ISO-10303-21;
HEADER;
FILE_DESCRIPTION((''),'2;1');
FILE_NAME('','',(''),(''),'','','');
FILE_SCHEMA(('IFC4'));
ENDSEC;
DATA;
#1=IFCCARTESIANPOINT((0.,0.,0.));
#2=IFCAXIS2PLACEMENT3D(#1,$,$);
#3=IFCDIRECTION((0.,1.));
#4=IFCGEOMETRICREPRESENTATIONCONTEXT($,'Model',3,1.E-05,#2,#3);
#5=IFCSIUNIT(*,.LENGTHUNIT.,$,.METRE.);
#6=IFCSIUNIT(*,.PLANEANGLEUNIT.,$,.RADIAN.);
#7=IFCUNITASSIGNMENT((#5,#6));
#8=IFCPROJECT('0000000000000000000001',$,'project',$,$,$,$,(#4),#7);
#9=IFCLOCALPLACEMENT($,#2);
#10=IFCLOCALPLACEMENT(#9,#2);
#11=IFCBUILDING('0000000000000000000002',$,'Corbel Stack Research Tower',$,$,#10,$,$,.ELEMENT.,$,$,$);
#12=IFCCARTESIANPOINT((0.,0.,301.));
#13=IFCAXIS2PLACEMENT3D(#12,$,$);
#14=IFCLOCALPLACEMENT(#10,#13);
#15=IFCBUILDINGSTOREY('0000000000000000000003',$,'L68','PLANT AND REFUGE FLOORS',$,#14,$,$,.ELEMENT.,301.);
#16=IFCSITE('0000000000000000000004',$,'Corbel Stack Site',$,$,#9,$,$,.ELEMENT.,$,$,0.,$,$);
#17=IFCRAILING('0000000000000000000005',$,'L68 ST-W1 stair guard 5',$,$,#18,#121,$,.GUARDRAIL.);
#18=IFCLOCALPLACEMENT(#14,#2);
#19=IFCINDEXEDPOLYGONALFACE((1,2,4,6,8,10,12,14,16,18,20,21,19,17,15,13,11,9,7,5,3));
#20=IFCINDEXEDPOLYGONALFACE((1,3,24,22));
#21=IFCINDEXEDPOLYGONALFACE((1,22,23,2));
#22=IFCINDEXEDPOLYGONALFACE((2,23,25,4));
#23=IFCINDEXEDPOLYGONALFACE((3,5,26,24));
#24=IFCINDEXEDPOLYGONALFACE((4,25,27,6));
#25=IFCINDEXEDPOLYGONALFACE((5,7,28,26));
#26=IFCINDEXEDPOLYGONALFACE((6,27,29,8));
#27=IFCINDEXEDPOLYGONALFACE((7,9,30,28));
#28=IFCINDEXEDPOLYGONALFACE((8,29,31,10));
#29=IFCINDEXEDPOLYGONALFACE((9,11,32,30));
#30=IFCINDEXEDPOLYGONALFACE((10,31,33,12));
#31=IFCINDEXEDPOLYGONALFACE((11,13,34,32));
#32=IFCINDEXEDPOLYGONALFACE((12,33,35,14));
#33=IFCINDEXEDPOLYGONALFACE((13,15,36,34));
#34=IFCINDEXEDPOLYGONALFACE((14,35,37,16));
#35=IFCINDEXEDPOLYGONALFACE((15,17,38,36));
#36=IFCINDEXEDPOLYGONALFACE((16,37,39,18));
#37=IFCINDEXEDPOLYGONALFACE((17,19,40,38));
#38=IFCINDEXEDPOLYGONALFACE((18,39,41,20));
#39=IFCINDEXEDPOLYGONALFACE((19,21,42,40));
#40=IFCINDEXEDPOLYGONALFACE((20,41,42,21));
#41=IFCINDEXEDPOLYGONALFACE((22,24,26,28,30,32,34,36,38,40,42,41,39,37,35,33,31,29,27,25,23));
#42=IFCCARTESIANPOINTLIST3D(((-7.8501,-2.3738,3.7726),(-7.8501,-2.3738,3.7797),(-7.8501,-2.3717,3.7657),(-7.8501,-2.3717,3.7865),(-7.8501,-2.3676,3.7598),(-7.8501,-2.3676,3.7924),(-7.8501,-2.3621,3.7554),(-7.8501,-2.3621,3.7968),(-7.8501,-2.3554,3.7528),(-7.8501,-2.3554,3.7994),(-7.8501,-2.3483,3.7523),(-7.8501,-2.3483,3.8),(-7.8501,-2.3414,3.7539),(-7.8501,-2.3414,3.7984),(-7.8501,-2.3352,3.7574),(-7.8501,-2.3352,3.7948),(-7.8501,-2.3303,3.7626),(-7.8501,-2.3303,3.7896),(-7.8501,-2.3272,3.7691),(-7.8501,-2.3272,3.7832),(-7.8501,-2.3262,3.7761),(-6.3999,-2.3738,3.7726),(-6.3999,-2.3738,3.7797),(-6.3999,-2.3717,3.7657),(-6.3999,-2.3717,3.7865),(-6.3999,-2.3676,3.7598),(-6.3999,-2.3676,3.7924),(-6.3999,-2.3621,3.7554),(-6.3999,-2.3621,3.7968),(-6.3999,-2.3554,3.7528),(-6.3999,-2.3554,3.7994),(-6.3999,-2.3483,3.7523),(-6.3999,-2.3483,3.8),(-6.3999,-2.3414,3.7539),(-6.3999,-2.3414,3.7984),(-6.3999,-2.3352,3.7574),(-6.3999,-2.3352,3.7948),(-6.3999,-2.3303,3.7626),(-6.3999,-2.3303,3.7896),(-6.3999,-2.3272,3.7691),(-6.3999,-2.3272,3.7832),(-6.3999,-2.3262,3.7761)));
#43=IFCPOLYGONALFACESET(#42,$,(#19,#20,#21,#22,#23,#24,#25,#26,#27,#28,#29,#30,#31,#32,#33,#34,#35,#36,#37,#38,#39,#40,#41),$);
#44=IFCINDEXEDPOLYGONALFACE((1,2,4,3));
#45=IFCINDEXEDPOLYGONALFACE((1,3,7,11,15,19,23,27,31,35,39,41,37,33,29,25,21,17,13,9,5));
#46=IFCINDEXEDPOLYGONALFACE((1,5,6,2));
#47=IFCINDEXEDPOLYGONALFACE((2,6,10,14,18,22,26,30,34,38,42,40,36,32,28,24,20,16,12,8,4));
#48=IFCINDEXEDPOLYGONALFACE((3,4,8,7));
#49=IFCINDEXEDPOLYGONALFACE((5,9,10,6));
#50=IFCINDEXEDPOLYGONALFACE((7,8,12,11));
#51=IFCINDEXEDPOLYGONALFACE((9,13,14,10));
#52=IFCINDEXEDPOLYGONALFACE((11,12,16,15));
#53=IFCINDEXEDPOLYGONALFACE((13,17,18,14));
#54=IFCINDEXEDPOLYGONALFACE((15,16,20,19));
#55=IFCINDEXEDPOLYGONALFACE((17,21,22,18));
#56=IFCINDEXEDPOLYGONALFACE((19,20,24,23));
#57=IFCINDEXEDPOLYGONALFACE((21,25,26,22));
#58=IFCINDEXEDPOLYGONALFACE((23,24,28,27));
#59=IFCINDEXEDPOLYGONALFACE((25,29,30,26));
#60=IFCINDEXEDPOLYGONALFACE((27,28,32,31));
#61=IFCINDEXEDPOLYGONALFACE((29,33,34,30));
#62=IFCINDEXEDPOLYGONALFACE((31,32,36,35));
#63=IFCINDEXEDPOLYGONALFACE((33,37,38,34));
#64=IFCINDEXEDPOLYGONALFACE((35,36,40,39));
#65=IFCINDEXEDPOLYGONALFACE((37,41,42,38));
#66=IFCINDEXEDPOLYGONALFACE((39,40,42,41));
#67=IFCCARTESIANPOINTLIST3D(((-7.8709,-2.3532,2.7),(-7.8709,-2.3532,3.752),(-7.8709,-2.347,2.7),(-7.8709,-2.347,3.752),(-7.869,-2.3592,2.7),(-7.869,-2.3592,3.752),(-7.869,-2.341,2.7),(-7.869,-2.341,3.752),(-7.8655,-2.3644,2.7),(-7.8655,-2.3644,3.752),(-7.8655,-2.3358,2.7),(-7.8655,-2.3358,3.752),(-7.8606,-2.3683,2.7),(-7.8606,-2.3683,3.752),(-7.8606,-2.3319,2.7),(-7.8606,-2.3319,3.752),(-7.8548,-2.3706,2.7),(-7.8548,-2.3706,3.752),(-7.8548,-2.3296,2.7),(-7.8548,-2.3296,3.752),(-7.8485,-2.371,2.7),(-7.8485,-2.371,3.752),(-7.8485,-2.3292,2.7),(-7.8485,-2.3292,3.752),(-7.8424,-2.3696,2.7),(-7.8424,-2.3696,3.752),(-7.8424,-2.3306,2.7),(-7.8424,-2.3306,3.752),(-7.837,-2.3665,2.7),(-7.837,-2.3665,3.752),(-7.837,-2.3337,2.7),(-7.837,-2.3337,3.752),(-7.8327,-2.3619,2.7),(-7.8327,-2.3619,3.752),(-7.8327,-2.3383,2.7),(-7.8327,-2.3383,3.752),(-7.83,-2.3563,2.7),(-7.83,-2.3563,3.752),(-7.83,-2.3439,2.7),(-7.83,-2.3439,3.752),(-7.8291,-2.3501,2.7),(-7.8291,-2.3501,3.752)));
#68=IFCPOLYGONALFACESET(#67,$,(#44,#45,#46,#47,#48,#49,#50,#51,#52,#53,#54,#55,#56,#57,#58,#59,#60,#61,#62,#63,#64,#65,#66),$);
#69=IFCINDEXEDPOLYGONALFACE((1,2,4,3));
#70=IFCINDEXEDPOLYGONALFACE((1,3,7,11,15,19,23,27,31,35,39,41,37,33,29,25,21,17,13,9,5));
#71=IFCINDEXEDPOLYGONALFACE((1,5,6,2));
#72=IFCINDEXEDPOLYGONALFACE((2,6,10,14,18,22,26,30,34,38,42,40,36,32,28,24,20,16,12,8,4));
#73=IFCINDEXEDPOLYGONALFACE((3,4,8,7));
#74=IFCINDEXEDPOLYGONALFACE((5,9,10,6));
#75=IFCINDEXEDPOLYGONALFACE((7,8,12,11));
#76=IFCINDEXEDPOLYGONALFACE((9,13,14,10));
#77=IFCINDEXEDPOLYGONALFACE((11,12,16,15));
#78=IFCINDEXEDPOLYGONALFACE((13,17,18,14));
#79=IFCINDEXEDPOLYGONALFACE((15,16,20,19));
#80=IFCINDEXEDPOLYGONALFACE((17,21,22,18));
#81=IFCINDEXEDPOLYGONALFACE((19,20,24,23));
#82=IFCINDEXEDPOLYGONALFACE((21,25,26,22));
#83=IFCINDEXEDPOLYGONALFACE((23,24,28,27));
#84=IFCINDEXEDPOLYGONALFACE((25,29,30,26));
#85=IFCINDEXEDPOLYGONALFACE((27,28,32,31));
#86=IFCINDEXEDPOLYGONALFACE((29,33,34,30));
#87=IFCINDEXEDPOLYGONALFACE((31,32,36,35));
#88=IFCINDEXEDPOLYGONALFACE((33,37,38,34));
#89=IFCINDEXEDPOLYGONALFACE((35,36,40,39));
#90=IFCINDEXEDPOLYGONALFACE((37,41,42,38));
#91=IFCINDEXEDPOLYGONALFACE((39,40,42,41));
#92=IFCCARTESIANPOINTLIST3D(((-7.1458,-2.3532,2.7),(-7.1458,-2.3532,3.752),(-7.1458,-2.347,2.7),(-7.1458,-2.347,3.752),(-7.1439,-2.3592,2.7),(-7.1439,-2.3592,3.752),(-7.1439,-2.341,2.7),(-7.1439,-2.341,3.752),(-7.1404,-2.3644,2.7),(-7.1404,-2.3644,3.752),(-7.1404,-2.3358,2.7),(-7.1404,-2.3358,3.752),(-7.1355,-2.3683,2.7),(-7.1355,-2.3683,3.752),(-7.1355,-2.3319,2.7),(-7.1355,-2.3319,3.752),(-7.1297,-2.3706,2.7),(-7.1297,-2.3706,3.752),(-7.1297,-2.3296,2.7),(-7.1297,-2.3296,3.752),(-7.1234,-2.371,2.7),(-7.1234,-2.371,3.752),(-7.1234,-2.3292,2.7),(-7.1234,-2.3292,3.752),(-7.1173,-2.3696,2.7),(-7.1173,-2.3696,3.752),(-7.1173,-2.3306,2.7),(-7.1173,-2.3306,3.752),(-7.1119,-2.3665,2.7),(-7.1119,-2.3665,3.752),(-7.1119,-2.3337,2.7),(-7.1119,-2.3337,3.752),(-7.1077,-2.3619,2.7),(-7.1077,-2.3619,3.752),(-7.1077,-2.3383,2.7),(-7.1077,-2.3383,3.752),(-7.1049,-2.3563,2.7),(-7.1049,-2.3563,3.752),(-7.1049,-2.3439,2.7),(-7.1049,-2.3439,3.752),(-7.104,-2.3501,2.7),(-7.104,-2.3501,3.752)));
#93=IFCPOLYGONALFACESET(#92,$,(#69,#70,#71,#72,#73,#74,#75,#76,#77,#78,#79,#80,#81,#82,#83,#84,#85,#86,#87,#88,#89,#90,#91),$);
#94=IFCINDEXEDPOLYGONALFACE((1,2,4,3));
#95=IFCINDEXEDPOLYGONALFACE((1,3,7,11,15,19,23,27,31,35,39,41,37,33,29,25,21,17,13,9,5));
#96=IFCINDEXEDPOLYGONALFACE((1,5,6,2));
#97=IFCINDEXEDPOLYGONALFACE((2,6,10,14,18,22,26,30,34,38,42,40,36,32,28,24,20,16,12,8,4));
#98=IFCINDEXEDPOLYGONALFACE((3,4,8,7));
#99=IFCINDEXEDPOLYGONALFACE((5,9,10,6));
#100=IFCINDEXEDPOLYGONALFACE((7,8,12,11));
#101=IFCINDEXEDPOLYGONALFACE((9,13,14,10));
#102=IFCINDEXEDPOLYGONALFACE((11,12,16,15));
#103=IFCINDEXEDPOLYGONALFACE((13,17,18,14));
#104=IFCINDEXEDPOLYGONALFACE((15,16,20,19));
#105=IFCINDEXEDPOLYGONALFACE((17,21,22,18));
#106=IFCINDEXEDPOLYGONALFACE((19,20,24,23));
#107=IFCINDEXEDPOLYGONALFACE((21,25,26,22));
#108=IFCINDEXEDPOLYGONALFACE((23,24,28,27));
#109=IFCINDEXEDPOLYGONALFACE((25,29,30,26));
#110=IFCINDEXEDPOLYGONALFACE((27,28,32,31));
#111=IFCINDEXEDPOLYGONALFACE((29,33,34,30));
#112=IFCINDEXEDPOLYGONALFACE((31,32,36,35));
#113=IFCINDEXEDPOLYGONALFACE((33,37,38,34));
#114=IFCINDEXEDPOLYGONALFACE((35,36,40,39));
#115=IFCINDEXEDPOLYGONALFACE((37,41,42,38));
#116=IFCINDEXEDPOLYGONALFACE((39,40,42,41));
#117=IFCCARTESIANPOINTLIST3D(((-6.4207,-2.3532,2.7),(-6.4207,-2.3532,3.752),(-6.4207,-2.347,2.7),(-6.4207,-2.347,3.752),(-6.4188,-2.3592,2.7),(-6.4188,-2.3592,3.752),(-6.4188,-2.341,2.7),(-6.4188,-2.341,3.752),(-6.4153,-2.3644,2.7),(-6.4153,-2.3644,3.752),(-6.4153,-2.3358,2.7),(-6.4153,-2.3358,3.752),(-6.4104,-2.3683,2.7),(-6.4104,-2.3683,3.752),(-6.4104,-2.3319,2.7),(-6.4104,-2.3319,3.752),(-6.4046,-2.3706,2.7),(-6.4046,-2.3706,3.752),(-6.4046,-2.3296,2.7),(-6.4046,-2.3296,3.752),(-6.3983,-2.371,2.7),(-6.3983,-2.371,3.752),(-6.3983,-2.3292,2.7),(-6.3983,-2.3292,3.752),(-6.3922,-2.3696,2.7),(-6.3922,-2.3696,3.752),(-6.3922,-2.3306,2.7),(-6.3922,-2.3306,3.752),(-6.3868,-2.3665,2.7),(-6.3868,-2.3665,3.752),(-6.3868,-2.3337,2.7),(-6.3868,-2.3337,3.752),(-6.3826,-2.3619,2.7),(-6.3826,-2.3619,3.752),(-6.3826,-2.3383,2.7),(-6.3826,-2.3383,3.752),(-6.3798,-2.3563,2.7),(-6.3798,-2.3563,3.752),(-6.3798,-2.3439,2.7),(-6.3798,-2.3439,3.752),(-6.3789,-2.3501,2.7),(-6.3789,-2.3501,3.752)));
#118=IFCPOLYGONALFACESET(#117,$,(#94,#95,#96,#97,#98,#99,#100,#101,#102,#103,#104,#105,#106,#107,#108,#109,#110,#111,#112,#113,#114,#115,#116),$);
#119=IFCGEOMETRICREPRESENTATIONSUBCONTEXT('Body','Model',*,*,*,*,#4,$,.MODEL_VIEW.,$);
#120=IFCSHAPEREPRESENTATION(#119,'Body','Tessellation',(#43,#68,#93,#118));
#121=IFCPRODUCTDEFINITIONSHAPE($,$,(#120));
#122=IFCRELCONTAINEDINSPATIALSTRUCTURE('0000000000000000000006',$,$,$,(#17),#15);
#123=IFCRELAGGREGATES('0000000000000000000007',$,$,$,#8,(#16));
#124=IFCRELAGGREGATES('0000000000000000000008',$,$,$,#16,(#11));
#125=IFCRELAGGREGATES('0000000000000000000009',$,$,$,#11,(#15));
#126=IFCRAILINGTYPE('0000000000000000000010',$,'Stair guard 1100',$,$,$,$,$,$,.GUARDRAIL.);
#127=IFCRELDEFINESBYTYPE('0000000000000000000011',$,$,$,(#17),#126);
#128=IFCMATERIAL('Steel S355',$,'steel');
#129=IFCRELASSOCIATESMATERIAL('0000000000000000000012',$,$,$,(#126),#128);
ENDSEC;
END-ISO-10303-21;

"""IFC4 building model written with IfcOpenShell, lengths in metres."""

from ifc_helpers import new_model, si_unit, direction, frame, origin, origin_2d, place, context, subcontext, project, spatial, circle, extrude, material, type_object, element, save


model = new_model("IFC4")

# Units and contexts
model_context = context("Model", 3, precision=1e-05, world=origin(), true_north=direction((0.0, 1.0)))
body_context = subcontext(model_context, "Body", "Model", "MODEL_VIEW")
ifc_project = project(units=[si_unit("LENGTHUNIT", "METRE"), si_unit("PLANEANGLEUNIT", "RADIAN")], contexts=[model_context])

# Site, building, storey
site_placement = place(None, origin())
site = spatial("IfcSite", under=ifc_project, at=site_placement, Name="Corbel Stack Site", CompositionType="ELEMENT", RefElevation=0.0)
building_placement = place(site_placement, origin())
building = spatial("IfcBuilding", under=site, at=building_placement, Name="Corbel Stack Research Tower", CompositionType="ELEMENT")
storey_placement = place(building_placement, frame((0.0, 0.0, 301.0)))
storey = spatial("IfcBuildingStorey", under=building, at=storey_placement, Name="L68", Description="PLANT AND REFUGE FLOORS", CompositionType="ELEMENT", Elevation=301.0)

# Railing
ifc_material_1 = material(Name="Steel S355", Category="steel")
railing_type_1 = type_object("IfcRailingType", Name="Stair guard 1100", PredefinedType="GUARDRAIL", material=ifc_material_1)
railing_1_placement = place(storey_placement, frame((-7.8501, -2.3501, 2.7)))
element("IfcRailing", 1, at=railing_1_placement, inside=storey, type_object=railing_type_1, Name="L68 ST-W1 stair guard 5", PredefinedType="GUARDRAIL", context=body_context, shape_type="SweptSolid", body=[
    extrude(circle(Radius=0.0239, at=origin_2d()), frame((0.0, 0.0, 1.0762), z_axis=(1.0, 0.0, 0.0), x_axis=(0.0, 1.0, 0.0)), (0.0, 0.0, 1.0), 1.4502),
    extrude(circle(Radius=0.021, at=origin_2d()), origin(), (0.0, 0.0, 1.0), 1.052),
    extrude(circle(Radius=0.021, at=origin_2d()), frame((0.7251, 0.0, 0.0)), (0.0, 0.0, 1.0), 1.052),
    extrude(circle(Radius=0.021, at=origin_2d()), frame((1.4502, 0.0, 0.0)), (0.0, 0.0, 1.0), 1.052),
])

save(model, "model.ifc")
